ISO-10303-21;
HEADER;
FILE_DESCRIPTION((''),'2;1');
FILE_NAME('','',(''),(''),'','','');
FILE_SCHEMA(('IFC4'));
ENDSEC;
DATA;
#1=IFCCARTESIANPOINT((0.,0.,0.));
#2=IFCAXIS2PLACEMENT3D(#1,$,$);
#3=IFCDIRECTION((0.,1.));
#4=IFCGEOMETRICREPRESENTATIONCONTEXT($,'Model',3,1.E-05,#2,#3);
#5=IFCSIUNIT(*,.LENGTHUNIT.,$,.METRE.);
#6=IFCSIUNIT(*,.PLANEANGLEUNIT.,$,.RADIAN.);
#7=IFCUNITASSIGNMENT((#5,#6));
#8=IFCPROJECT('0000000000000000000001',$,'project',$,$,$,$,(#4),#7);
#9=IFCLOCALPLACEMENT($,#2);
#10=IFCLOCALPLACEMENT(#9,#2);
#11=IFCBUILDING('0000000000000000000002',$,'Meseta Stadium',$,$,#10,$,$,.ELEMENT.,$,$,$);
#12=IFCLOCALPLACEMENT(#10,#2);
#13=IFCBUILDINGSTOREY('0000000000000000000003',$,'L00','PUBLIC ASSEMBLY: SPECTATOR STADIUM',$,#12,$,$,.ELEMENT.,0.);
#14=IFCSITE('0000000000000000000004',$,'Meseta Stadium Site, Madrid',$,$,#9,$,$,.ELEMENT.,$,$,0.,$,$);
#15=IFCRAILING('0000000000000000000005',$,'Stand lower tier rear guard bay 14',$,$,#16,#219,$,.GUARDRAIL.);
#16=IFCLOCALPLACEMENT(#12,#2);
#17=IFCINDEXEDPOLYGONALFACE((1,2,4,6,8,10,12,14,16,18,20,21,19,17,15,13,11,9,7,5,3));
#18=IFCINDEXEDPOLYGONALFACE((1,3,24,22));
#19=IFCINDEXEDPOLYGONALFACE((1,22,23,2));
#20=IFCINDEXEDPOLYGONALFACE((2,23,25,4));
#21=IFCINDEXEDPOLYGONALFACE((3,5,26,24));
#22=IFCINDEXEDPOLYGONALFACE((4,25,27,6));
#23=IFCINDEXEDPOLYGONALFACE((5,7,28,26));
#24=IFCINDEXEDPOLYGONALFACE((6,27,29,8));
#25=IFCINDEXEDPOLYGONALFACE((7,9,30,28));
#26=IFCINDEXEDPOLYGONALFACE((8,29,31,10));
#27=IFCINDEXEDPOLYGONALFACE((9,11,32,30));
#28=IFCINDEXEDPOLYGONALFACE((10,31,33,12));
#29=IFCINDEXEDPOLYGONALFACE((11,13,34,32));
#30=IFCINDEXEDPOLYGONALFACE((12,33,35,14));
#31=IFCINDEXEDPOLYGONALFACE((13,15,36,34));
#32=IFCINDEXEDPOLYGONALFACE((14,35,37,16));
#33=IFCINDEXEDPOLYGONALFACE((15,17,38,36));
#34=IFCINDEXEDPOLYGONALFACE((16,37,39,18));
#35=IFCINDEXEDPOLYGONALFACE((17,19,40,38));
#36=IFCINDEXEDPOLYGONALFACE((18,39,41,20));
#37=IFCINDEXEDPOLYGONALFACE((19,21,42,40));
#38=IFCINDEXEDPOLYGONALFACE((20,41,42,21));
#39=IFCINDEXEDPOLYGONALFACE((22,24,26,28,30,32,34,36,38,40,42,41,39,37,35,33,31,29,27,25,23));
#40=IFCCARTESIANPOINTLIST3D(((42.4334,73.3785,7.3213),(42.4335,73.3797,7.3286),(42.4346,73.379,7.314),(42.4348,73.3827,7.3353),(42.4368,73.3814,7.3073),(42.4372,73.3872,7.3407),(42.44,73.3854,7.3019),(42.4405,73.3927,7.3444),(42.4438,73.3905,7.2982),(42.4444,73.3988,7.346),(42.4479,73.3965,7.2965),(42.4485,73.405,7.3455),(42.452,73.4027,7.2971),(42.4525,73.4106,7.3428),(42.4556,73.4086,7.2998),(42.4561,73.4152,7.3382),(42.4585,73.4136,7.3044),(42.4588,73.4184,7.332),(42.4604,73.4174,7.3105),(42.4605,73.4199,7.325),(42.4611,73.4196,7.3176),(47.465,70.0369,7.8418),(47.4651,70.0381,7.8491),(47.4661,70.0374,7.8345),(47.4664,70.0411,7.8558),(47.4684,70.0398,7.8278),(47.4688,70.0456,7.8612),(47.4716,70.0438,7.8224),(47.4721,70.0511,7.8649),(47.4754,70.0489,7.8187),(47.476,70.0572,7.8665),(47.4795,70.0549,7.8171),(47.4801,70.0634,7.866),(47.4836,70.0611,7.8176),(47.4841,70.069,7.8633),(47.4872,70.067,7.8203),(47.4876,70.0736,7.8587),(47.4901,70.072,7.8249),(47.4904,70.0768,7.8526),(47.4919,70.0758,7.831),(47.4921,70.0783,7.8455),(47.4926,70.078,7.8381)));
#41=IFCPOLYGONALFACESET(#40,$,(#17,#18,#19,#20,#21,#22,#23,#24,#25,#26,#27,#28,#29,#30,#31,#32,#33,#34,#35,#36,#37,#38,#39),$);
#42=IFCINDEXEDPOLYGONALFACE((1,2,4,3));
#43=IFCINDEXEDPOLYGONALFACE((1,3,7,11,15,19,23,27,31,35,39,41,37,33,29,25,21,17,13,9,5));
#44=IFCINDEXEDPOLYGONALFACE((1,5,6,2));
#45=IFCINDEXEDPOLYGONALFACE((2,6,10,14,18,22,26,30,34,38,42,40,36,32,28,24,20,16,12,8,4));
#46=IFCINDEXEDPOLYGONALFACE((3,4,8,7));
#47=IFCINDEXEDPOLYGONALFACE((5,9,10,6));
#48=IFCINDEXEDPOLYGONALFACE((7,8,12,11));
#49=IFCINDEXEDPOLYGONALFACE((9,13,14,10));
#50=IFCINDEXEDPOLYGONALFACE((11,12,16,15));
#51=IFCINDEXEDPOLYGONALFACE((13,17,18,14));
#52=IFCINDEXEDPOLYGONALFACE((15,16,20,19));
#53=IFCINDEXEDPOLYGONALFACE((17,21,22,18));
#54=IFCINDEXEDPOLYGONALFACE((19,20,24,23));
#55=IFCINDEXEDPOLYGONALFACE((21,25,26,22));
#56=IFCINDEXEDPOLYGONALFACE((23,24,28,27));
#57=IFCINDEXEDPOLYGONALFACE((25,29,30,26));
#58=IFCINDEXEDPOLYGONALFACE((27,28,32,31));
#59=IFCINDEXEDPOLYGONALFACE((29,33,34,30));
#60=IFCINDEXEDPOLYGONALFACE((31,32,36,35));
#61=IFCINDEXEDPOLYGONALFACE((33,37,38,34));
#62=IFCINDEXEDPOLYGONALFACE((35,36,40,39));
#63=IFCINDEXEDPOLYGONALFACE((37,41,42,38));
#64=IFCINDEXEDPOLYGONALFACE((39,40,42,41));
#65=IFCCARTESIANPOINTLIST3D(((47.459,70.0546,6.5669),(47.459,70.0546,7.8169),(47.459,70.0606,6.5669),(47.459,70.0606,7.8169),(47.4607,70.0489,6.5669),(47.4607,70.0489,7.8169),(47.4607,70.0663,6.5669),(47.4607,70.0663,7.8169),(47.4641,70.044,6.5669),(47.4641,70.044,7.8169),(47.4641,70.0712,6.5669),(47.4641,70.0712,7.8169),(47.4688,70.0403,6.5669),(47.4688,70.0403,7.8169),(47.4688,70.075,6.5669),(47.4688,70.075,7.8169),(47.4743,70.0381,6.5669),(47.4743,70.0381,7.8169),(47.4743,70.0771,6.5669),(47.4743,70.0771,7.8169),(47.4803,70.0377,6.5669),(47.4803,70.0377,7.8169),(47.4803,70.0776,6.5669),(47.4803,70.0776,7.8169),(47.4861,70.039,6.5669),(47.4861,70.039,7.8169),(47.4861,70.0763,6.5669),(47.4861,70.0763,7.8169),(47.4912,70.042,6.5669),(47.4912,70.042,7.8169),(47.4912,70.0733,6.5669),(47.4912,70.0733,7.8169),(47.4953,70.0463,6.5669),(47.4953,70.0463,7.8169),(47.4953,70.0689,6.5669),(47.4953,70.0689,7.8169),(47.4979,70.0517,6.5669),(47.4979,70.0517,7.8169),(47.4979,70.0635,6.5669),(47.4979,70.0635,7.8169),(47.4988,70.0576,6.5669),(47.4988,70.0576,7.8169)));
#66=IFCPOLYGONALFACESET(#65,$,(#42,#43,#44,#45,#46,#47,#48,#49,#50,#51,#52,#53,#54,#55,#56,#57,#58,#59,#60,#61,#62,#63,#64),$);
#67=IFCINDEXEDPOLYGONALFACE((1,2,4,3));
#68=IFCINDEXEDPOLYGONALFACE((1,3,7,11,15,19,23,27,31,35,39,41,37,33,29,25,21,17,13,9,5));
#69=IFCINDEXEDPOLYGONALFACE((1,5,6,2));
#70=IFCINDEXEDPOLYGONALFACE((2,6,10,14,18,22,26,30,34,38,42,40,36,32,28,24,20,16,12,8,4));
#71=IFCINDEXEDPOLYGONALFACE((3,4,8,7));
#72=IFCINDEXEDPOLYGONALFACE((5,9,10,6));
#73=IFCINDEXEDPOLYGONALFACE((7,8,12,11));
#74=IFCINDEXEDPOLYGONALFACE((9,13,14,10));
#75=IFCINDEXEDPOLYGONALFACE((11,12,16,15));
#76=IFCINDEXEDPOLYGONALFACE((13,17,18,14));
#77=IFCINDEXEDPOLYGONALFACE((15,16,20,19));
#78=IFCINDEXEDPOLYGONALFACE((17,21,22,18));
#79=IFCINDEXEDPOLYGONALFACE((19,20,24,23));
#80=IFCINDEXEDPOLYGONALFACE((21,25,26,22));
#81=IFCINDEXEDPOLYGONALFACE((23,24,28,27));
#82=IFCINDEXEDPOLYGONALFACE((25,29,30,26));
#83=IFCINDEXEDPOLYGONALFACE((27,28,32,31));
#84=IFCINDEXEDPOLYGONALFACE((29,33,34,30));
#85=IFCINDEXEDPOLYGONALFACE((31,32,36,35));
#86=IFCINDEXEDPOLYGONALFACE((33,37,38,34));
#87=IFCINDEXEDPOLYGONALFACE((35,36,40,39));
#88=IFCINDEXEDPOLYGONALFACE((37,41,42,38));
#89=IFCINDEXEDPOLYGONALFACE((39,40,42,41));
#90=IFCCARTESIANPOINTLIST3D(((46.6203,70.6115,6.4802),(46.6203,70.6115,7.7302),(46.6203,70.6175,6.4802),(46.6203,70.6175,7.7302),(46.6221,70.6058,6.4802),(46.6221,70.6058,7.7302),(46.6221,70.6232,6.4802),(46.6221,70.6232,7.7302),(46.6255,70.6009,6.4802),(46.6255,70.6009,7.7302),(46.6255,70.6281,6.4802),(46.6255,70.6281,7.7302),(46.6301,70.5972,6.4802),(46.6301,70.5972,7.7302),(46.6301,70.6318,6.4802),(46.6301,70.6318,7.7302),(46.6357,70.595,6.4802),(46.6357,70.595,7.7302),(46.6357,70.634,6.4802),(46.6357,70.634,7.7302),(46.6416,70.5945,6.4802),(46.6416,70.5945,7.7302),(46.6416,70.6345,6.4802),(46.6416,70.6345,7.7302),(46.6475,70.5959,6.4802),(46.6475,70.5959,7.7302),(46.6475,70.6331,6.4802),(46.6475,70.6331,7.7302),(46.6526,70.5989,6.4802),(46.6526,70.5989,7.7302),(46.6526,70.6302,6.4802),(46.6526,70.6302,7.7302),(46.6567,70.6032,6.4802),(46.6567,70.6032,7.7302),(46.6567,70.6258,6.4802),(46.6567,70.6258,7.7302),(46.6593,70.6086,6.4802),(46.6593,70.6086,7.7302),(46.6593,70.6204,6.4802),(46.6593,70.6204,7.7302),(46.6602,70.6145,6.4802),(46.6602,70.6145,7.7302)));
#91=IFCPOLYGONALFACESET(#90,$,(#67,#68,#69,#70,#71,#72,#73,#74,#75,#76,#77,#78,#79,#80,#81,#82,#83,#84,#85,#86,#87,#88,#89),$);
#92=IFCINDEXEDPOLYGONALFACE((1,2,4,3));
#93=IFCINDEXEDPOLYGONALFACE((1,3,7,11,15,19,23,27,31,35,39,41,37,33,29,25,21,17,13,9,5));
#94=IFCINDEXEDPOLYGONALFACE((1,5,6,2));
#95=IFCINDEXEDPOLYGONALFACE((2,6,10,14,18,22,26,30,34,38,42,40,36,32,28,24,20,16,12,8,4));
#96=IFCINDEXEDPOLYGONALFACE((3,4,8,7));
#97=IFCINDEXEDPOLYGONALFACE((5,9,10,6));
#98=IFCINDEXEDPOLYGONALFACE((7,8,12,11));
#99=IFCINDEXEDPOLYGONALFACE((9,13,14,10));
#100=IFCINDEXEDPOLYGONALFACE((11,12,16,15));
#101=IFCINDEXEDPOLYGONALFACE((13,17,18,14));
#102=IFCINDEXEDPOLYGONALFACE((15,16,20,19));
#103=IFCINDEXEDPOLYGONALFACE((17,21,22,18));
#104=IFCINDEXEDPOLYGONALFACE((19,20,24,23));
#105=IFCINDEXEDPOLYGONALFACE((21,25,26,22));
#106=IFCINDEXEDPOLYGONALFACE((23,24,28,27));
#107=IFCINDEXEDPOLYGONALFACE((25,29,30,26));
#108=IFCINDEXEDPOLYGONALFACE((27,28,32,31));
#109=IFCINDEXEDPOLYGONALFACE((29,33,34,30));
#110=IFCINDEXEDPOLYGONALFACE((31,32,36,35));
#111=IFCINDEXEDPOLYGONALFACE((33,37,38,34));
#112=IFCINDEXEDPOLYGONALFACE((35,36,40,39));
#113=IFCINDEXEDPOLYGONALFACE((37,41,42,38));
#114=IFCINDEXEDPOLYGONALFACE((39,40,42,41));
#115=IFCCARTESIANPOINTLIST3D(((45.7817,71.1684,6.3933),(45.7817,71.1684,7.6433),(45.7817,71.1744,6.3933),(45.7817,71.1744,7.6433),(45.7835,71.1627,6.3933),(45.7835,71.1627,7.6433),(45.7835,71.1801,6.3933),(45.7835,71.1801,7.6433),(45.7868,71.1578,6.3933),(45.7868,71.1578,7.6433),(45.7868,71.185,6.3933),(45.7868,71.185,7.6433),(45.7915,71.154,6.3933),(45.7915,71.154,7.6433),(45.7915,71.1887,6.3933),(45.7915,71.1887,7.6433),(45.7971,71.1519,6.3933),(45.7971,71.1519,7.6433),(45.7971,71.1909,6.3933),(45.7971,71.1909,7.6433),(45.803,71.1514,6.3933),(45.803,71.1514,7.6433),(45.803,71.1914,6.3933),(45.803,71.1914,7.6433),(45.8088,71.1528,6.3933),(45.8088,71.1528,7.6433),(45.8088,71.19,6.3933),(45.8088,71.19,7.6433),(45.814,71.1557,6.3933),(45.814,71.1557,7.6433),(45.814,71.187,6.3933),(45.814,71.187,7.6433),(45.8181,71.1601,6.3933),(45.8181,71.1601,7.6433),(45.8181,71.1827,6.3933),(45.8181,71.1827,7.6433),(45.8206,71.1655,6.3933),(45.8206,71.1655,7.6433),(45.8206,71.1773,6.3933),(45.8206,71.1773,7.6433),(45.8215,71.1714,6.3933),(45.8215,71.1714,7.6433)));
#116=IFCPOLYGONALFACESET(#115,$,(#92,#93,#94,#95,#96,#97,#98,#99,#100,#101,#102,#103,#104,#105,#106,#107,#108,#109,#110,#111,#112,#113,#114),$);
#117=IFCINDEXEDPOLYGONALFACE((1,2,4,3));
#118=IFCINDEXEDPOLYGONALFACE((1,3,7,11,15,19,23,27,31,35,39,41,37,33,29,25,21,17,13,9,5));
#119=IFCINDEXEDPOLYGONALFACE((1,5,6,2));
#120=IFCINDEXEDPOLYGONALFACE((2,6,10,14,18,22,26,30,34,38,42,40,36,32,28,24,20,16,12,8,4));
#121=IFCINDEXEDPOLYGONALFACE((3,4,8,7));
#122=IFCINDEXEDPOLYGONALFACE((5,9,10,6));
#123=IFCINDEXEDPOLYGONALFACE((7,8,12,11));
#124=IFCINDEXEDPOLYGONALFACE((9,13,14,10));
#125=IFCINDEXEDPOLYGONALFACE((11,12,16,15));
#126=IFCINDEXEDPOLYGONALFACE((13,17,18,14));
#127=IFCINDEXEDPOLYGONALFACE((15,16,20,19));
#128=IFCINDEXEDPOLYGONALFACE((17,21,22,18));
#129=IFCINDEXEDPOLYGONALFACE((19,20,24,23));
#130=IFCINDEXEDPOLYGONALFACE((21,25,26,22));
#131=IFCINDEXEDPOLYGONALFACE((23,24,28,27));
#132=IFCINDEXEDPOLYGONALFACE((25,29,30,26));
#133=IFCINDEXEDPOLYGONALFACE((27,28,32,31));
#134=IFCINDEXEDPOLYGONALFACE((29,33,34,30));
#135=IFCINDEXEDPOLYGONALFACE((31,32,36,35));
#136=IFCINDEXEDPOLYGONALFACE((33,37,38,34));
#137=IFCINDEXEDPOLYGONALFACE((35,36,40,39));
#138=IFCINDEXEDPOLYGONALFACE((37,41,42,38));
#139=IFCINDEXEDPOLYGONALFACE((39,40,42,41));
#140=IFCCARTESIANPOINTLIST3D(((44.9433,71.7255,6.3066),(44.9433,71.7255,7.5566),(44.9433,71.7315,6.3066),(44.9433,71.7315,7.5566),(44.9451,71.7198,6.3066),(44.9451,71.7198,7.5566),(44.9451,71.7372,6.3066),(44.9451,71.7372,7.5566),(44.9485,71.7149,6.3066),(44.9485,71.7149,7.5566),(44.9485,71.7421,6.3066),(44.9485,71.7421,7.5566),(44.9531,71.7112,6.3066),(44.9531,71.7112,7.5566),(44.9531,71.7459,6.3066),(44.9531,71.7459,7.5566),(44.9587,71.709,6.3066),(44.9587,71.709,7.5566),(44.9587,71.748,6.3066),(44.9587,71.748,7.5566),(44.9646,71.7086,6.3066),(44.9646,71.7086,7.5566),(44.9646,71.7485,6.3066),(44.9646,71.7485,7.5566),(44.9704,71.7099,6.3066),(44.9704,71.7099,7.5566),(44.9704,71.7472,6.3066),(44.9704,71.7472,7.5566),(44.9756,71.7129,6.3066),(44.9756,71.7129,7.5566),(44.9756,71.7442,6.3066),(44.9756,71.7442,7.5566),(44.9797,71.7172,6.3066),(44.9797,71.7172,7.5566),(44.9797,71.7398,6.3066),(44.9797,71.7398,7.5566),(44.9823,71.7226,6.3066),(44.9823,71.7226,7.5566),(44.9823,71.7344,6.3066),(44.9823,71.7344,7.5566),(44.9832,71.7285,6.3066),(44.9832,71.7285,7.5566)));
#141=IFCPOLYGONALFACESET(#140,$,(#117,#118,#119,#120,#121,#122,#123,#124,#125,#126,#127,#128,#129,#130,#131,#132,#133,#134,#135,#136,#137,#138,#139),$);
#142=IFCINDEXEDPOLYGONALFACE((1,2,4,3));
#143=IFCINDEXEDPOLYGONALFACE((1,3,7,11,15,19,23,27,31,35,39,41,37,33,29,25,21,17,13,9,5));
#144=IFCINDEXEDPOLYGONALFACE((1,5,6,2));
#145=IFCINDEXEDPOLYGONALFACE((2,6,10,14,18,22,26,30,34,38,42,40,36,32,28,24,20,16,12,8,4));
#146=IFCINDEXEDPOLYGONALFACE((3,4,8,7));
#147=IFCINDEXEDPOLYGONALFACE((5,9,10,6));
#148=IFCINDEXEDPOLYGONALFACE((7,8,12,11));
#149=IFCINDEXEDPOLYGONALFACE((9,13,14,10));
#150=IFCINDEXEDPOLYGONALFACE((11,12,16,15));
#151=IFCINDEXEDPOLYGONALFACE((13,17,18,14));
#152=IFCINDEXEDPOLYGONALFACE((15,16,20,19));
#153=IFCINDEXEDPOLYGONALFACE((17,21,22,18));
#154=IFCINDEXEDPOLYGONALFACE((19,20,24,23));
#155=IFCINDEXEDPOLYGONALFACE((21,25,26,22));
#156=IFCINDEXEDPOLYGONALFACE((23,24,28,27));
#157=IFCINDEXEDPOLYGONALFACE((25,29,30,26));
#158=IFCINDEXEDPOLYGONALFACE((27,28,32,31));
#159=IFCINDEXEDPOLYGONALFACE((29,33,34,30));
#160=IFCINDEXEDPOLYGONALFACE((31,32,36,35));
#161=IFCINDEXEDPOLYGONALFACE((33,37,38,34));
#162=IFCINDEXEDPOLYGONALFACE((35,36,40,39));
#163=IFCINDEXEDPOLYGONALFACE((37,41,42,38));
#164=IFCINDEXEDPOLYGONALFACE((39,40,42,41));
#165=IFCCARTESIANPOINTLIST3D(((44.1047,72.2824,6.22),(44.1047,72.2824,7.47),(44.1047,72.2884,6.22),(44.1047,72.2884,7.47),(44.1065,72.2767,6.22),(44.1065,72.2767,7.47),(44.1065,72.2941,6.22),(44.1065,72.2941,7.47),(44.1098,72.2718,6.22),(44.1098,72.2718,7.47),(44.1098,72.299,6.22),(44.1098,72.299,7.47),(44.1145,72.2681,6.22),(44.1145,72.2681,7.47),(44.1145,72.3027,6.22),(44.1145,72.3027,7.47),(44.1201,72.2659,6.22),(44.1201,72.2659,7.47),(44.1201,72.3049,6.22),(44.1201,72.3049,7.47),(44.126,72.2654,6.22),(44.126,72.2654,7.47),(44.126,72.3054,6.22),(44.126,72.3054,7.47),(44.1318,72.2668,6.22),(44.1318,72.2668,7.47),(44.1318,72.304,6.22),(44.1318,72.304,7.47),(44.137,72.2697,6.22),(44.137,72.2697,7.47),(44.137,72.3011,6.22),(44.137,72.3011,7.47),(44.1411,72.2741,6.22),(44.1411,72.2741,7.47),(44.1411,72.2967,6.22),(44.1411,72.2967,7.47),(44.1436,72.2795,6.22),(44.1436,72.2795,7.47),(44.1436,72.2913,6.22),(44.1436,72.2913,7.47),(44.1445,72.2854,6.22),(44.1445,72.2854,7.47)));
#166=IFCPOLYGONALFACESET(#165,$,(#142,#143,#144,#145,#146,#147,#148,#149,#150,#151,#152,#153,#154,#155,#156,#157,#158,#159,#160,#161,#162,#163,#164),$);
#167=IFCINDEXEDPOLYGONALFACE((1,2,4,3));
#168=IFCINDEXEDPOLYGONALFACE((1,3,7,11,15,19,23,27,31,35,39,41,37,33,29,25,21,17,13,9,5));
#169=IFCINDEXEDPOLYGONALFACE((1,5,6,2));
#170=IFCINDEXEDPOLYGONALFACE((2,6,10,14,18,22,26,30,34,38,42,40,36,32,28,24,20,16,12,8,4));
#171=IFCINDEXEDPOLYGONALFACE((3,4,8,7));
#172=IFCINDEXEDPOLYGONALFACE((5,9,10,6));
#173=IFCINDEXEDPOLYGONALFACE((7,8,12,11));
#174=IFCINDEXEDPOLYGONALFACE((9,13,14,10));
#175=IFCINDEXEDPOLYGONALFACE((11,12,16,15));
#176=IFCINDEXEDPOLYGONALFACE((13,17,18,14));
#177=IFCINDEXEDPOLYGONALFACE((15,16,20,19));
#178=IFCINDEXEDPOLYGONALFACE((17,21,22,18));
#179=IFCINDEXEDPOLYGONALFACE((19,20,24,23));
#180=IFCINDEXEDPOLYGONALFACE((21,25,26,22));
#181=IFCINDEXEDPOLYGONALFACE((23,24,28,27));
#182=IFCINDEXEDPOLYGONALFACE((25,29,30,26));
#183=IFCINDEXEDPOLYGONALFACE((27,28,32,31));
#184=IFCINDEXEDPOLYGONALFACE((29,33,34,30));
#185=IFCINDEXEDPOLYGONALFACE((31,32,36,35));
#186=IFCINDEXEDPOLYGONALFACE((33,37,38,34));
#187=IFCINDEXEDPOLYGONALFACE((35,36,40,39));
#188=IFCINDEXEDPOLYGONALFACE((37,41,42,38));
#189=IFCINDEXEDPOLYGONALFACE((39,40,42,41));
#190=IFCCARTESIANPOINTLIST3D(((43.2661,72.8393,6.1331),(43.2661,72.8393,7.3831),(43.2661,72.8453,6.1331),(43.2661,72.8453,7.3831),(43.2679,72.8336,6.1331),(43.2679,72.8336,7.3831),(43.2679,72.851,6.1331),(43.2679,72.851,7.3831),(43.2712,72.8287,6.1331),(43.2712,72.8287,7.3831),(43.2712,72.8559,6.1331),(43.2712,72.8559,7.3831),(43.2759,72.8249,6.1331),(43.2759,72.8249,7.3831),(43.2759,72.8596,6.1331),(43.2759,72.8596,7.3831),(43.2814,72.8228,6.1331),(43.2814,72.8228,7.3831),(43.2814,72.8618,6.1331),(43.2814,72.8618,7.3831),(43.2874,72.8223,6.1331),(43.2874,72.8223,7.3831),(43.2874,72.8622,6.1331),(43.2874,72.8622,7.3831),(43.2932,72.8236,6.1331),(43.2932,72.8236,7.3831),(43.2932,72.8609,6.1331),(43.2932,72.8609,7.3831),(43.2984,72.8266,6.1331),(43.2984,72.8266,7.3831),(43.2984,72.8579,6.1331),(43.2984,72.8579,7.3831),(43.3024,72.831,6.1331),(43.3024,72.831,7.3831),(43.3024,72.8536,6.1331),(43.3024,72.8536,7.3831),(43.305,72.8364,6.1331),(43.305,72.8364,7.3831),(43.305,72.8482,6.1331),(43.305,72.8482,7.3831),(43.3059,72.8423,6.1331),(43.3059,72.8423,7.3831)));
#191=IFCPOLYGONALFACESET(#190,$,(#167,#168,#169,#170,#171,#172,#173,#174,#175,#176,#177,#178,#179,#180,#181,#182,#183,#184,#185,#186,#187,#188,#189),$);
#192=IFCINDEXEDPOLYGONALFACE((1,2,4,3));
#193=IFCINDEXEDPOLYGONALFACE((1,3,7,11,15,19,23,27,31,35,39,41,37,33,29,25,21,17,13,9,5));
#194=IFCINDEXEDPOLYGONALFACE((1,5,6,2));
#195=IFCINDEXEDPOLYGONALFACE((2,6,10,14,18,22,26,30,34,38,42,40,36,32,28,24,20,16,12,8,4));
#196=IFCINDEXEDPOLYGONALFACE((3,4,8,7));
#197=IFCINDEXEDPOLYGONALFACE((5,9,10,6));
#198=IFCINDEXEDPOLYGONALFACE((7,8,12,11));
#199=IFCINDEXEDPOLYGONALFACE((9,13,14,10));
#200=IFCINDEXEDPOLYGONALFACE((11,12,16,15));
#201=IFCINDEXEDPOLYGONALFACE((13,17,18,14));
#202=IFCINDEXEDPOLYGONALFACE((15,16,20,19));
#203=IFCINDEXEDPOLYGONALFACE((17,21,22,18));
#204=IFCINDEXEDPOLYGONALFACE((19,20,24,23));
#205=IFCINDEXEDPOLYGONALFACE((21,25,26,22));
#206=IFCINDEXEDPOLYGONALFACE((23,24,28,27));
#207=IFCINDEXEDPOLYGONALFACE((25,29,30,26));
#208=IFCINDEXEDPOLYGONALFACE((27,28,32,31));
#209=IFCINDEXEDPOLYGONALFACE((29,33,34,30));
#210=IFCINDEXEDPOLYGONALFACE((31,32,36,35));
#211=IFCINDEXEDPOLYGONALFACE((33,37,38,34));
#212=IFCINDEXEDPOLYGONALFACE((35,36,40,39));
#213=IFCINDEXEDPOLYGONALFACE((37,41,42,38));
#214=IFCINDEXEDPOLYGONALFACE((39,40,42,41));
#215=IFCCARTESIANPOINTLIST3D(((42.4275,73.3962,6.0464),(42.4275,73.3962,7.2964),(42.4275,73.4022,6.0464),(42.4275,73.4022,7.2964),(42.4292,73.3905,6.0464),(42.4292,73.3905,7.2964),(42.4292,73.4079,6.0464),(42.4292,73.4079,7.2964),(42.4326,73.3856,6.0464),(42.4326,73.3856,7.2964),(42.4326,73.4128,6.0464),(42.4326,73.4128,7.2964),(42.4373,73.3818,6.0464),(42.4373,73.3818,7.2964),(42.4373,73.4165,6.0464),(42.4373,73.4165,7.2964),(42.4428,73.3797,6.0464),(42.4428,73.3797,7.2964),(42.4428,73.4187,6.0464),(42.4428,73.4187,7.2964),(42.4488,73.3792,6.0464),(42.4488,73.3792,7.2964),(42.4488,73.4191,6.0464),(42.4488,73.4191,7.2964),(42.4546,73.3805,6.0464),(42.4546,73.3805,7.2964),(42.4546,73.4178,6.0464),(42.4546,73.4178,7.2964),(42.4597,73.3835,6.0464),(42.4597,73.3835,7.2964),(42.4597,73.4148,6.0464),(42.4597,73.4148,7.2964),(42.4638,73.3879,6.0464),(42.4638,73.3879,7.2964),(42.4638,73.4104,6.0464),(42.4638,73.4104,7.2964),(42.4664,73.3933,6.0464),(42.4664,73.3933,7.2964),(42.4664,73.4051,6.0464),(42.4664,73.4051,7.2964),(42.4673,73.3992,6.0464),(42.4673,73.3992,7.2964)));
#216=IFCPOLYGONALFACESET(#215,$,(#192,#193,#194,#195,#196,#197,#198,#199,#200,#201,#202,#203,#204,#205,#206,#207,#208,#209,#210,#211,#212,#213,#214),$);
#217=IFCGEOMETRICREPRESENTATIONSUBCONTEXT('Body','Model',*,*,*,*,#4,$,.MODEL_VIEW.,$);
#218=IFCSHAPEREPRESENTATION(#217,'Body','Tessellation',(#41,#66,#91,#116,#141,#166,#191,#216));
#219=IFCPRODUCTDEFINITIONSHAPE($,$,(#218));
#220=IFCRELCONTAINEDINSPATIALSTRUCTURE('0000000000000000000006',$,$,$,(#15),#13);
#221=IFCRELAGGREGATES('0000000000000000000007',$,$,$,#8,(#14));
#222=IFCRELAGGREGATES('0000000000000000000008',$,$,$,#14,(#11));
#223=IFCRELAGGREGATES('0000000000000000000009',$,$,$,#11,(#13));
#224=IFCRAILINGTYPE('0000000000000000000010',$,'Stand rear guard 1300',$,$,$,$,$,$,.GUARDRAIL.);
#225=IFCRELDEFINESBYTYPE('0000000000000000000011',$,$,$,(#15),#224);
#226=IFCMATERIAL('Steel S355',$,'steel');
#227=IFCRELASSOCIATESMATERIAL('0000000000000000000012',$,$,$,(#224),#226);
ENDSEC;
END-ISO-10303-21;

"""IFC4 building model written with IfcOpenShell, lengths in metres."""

from ifc_helpers import new_model, si_unit, direction, frame, origin, origin_2d, place, context, subcontext, project, spatial, circle, extrude, material, type_object, element, save


model = new_model("IFC4")

# Units and contexts
model_context = context("Model", 3, precision=1e-05, world=origin(), true_north=direction((0.0, 1.0)))
body_context = subcontext(model_context, "Body", "Model", "MODEL_VIEW")
ifc_project = project(units=[si_unit("LENGTHUNIT", "METRE"), si_unit("PLANEANGLEUNIT", "RADIAN")], contexts=[model_context])

# Site, building, storey
site_placement = place(None, origin())
site = spatial("IfcSite", under=ifc_project, at=site_placement, Name="Meseta Stadium Site, Madrid", CompositionType="ELEMENT", RefElevation=0.0)
building_placement = place(site_placement, origin())
building = spatial("IfcBuilding", under=site, at=building_placement, Name="Meseta Stadium", CompositionType="ELEMENT")
storey_placement = place(building_placement, origin())
storey = spatial("IfcBuildingStorey", under=building, at=storey_placement, Name="L00", Description="PUBLIC ASSEMBLY: SPECTATOR STADIUM", CompositionType="ELEMENT", Elevation=0.0)

# Railing
ifc_material_1 = material(Name="Steel S355", Category="steel")
railing_type_1 = type_object("IfcRailingType", Name="Stand rear guard 1300", PredefinedType="GUARDRAIL", material=ifc_material_1)
railing_1_placement = place(storey_placement, frame((47.4788, 70.0576, 6.5669)))
element("IfcRailing", 1, at=railing_1_placement, inside=storey, type_object=railing_type_1, Name="Stand lower tier rear guard bay 14", PredefinedType="GUARDRAIL", context=body_context, shape_type="SweptSolid", body=[
    extrude(circle(Radius=0.0249, at=origin_2d()), frame((0.0, 0.0, 1.2749), z_axis=(-0.829949, 0.551192, -0.085858), x_axis=(-0.553235, -0.833025, 0.0)), (0.0, 0.0, 1.0), 6.0625),
    extrude(circle(Radius=0.02, at=origin_2d()), origin(), (0.0, 0.0, 1.0), 1.25),
    extrude(circle(Radius=0.02, at=origin_2d()), frame((-0.8386, 0.5569, -0.0867)), (0.0, 0.0, 1.0), 1.25),
    extrude(circle(Radius=0.02, at=origin_2d()), frame((-1.6772, 1.1138, -0.1736)), (0.0, 0.0, 1.0), 1.25),
    extrude(circle(Radius=0.02, at=origin_2d()), frame((-2.5156, 1.6709, -0.2603)), (0.0, 0.0, 1.0), 1.25),
    extrude(circle(Radius=0.02, at=origin_2d()), frame((-3.3542, 2.2278, -0.3469)), (0.0, 0.0, 1.0), 1.25),
    extrude(circle(Radius=0.02, at=origin_2d()), frame((-4.1929, 2.7847, -0.4338)), (0.0, 0.0, 1.0), 1.25),
    extrude(circle(Radius=0.02, at=origin_2d()), frame((-5.0315, 3.3416, -0.5205)), (0.0, 0.0, 1.0), 1.25),
])

save(model, "model.ifc")
